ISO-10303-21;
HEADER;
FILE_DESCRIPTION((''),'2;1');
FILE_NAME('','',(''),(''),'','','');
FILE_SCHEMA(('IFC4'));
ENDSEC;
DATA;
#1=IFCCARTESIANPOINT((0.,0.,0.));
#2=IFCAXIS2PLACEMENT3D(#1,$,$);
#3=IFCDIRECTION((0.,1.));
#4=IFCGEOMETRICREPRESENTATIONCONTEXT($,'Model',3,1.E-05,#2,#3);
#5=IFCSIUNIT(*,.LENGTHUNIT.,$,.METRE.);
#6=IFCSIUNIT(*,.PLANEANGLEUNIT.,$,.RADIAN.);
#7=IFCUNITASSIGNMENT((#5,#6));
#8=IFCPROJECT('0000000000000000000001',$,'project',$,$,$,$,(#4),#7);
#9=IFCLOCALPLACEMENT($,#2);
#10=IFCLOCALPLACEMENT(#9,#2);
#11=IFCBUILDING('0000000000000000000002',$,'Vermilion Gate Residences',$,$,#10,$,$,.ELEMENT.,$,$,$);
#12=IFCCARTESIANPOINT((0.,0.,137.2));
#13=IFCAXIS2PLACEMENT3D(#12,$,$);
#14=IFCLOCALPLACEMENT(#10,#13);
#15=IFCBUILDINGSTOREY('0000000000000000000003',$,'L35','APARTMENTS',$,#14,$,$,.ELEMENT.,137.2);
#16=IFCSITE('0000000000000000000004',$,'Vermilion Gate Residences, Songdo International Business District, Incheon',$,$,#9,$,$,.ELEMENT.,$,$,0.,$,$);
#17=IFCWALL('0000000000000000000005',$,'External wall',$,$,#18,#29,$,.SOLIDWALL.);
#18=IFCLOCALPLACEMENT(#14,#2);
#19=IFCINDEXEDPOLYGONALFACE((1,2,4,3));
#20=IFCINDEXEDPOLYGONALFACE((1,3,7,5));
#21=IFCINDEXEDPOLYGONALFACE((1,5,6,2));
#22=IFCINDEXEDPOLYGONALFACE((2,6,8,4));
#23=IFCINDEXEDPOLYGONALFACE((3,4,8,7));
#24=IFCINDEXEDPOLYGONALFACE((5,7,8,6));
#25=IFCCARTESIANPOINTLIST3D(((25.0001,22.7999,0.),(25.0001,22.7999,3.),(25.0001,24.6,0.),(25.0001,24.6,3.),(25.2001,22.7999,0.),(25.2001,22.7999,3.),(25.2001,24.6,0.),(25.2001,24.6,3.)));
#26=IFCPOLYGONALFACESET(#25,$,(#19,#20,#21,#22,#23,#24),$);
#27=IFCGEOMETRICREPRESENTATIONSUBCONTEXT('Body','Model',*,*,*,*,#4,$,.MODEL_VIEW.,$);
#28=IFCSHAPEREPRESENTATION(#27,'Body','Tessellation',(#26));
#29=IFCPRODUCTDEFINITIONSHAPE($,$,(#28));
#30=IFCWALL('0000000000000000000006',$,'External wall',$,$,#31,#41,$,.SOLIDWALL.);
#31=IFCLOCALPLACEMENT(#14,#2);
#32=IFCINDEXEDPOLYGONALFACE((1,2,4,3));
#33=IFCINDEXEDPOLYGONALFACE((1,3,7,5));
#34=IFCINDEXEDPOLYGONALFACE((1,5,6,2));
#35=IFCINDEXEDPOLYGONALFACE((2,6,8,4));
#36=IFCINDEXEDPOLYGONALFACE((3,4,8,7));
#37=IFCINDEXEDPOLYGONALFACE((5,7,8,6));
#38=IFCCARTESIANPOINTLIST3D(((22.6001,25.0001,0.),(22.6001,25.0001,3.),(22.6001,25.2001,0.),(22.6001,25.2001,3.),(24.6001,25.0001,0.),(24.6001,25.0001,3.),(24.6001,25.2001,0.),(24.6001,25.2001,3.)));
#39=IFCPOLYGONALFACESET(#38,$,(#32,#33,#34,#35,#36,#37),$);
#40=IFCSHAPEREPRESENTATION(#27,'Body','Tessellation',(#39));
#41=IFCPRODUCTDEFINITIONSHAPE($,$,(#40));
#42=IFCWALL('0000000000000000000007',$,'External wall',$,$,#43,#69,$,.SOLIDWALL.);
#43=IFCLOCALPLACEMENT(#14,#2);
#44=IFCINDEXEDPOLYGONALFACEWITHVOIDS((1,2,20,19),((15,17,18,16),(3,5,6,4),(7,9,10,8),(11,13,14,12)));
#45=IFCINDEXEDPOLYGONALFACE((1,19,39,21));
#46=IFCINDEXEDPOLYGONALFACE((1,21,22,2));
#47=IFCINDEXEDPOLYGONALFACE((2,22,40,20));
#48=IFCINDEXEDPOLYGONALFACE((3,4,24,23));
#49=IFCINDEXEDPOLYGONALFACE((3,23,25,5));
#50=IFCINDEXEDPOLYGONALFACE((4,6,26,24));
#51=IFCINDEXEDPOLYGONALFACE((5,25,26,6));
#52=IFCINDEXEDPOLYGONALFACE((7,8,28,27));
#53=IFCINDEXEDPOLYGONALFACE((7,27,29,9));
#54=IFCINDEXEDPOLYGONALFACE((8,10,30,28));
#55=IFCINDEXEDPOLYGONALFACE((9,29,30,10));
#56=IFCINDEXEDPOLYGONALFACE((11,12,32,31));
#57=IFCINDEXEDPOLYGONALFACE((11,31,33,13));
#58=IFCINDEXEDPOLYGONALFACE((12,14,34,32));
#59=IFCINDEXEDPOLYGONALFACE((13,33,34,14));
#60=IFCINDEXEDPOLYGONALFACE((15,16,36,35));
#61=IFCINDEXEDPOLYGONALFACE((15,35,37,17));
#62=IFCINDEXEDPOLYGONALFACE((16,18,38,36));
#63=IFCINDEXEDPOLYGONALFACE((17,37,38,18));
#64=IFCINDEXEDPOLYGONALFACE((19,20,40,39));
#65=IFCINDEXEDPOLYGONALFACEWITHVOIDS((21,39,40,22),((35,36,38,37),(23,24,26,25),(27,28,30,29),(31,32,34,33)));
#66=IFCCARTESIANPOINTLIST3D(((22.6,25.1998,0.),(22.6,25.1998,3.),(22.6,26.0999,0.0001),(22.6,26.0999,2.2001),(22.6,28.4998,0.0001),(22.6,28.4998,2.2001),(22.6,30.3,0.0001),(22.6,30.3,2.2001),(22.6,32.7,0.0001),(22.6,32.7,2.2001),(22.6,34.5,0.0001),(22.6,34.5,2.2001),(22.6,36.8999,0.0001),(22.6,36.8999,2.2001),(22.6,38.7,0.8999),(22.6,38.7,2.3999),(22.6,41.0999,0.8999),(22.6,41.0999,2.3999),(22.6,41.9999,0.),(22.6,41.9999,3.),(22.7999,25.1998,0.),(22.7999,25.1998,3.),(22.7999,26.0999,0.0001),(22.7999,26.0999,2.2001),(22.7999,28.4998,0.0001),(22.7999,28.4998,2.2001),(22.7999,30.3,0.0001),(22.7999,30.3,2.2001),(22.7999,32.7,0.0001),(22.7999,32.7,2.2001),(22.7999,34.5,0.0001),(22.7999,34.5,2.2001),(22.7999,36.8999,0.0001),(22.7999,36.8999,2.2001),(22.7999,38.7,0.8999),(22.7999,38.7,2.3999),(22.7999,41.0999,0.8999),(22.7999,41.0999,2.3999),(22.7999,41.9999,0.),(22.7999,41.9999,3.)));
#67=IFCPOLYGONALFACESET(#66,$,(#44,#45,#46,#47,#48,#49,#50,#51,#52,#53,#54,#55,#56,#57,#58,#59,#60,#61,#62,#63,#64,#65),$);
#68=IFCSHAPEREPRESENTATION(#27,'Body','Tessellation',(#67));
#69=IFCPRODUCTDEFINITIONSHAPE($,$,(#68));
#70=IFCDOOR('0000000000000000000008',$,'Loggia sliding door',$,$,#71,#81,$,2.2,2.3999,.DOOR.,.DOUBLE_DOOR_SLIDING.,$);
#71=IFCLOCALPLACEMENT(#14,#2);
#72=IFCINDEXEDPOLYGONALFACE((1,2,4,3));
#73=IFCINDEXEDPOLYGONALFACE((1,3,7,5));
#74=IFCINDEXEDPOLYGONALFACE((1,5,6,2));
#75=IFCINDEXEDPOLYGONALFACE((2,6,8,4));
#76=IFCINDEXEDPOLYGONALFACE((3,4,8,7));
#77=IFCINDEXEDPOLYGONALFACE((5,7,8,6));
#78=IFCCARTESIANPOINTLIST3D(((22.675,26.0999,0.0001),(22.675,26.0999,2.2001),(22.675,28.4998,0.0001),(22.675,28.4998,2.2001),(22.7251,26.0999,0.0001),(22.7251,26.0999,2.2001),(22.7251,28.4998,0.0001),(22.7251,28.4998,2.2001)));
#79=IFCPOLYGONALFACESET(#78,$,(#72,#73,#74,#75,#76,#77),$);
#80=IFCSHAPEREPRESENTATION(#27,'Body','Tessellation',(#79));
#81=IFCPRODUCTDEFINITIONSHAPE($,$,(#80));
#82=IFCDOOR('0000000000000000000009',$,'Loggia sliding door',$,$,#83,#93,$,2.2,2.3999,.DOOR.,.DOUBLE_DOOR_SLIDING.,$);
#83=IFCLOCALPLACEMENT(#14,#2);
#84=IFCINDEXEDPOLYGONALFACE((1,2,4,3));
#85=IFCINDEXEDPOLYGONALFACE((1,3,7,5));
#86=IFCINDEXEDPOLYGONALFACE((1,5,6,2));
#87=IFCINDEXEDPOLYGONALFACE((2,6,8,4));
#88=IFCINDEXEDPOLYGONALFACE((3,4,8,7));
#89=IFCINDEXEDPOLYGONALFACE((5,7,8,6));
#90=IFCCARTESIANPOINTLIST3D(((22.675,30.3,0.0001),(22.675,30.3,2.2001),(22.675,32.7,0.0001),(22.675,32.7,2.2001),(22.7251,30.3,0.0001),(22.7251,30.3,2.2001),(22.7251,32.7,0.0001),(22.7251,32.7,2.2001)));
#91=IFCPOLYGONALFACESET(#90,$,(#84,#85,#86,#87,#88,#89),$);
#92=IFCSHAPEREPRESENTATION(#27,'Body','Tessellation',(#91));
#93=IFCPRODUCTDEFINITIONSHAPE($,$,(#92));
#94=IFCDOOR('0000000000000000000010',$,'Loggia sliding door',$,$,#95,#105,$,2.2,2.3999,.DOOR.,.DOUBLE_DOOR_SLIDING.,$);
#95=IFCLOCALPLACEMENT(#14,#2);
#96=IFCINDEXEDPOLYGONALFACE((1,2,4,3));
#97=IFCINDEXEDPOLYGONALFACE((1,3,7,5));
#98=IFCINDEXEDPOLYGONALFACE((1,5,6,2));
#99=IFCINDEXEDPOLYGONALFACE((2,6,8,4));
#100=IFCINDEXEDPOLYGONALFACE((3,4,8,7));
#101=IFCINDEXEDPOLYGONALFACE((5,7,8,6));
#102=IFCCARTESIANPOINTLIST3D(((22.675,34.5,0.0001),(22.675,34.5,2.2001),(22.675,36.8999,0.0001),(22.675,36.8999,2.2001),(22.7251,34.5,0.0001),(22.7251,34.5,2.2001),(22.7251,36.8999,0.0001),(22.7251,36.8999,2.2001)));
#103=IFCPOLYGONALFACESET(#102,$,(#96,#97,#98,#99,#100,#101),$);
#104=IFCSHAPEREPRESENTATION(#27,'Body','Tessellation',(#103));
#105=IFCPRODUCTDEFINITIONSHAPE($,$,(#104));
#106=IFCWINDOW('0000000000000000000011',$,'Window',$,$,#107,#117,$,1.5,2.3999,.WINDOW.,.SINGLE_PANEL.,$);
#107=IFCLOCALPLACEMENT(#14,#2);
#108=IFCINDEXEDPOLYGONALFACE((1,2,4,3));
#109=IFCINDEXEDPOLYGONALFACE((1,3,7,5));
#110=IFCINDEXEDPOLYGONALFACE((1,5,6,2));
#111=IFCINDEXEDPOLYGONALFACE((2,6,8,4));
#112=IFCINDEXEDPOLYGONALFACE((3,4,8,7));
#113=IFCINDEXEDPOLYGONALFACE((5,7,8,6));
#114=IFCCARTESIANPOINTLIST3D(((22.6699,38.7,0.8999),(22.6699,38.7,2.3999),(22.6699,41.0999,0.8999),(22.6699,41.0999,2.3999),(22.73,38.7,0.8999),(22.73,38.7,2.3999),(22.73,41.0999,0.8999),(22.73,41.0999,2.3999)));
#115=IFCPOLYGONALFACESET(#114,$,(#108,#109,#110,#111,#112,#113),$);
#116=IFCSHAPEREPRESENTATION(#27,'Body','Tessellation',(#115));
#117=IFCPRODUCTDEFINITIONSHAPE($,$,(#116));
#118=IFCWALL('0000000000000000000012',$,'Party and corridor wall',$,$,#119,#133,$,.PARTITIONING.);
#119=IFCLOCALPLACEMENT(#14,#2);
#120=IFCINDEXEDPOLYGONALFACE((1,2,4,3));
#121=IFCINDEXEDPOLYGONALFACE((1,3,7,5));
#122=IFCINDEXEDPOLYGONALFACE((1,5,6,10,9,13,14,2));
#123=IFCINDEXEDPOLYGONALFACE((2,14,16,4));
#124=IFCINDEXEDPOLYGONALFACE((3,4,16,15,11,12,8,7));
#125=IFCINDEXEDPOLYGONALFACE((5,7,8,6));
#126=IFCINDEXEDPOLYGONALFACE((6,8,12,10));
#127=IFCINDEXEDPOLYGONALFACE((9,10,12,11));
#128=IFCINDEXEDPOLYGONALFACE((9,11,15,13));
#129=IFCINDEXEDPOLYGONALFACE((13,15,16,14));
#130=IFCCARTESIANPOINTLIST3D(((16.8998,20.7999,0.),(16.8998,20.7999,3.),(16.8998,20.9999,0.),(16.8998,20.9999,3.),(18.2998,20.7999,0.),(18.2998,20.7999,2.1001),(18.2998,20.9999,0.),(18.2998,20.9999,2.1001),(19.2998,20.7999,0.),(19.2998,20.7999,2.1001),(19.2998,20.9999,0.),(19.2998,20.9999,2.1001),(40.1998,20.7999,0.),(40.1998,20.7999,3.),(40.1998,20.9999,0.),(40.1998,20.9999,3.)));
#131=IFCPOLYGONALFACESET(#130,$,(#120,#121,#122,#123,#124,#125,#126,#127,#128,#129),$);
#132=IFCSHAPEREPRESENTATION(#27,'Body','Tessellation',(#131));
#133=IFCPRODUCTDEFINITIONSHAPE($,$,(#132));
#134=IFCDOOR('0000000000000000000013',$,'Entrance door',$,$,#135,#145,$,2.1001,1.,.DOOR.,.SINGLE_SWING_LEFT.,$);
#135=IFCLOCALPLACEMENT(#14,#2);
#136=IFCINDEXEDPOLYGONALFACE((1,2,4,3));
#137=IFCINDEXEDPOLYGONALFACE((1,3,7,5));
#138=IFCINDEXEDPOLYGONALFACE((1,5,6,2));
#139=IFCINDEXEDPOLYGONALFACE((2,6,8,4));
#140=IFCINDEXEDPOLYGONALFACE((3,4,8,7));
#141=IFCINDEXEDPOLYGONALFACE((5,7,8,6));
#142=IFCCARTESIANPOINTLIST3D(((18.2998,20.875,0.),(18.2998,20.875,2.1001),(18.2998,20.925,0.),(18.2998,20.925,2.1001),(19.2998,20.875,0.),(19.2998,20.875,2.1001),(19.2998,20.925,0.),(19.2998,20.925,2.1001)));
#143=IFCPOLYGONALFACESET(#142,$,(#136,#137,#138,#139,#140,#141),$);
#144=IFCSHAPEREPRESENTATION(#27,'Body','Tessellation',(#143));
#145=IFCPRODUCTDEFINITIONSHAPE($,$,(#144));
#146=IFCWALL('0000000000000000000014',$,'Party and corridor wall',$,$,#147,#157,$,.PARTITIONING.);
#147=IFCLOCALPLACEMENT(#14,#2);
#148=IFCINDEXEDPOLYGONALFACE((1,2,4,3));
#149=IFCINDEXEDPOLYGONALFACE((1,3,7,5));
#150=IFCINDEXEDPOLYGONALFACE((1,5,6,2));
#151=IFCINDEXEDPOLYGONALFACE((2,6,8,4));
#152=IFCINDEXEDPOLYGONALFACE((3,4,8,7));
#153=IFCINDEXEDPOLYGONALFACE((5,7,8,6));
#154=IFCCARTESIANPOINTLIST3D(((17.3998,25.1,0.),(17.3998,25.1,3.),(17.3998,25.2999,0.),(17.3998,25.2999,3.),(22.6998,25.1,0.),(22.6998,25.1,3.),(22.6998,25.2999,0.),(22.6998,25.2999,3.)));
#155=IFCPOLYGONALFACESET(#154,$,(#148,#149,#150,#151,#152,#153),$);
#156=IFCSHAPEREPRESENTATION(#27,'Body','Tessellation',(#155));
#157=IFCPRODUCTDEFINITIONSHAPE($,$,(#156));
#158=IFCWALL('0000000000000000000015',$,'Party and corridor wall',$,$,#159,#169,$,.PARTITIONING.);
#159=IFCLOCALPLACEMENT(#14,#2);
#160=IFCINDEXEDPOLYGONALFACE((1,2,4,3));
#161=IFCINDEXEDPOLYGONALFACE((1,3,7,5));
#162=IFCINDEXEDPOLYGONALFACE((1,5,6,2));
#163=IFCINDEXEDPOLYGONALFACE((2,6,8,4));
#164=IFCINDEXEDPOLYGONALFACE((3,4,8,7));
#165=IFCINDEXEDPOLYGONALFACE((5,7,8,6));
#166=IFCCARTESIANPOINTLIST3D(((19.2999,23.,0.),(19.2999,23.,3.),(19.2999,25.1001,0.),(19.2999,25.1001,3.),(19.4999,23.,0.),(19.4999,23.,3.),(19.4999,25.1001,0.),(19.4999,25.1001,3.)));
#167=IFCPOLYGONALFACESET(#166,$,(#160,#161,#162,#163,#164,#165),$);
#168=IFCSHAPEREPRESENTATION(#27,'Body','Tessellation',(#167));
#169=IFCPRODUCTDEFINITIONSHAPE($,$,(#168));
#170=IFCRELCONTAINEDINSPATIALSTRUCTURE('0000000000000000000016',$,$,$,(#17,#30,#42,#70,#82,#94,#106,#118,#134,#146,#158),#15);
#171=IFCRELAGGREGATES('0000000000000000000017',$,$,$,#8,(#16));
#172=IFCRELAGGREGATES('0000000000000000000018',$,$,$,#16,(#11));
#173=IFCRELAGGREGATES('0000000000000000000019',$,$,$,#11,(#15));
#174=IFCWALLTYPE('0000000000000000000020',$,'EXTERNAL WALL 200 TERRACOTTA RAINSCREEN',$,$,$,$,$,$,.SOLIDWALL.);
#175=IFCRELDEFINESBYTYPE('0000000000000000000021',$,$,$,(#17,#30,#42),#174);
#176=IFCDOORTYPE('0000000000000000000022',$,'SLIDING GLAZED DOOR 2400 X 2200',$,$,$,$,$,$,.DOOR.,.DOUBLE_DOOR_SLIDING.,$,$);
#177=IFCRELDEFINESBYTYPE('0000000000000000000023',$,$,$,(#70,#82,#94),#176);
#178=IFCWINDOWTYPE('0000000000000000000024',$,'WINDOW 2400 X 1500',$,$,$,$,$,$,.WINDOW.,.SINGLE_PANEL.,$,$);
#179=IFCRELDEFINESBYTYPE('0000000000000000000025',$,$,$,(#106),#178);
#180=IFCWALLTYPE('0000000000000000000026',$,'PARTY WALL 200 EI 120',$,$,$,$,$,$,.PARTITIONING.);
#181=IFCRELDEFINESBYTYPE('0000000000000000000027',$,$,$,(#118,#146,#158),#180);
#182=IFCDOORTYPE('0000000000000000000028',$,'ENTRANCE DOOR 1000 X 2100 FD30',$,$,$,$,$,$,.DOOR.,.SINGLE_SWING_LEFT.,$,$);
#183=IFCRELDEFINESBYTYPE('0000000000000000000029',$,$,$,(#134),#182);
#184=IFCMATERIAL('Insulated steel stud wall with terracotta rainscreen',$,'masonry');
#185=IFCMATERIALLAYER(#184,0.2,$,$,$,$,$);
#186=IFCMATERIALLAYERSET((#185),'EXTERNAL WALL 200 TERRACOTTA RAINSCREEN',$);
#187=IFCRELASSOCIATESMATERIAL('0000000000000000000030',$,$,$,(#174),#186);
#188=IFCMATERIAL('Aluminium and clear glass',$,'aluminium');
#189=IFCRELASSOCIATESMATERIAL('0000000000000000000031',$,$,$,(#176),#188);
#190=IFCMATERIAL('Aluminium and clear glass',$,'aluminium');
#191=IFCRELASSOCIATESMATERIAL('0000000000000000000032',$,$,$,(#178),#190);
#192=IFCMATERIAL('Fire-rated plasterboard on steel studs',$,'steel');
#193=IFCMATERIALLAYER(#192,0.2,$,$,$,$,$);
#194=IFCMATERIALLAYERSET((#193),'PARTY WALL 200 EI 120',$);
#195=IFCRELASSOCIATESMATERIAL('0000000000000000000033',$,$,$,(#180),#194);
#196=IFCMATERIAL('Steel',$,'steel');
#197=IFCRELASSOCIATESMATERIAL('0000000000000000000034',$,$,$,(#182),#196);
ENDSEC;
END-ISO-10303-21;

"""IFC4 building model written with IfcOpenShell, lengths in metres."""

from ifc_helpers import new_model, si_unit, direction, frame, frame_2d, origin, place, context, subcontext, project, spatial, rectangle, extrude, material, layer, layer_set, type_object, element, fill, save


model = new_model("IFC4")

# Units and contexts
model_context = context("Model", 3, precision=1e-05, world=origin(), true_north=direction((0.0, 1.0)))
body_context = subcontext(model_context, "Body", "Model", "MODEL_VIEW")
ifc_project = project(units=[si_unit("LENGTHUNIT", "METRE"), si_unit("PLANEANGLEUNIT", "RADIAN")], contexts=[model_context])

# Site, building, storey
site_placement = place(None, origin())
site = spatial("IfcSite", under=ifc_project, at=site_placement, Name="Vermilion Gate Residences, Songdo International Business District, Incheon", CompositionType="ELEMENT", RefElevation=0.0)
building_placement = place(site_placement, origin())
building = spatial("IfcBuilding", under=site, at=building_placement, Name="Vermilion Gate Residences", CompositionType="ELEMENT")
storey_placement = place(building_placement, frame((0.0, 0.0, 137.2)))
storey = spatial("IfcBuildingStorey", under=building, at=storey_placement, Name="L35", Description="APARTMENTS", CompositionType="ELEMENT", Elevation=137.2)

# Walls
ifc_material_1 = material(Name="Insulated steel stud wall with terracotta rainscreen", Category="masonry")
ifc_layer_1 = layer(ifc_material_1, 0.2)
ifc_layer_set_1 = layer_set([ifc_layer_1], Name="EXTERNAL WALL 200 TERRACOTTA RAINSCREEN")
wall_type_1 = type_object("IfcWallType", Name="EXTERNAL WALL 200 TERRACOTTA RAINSCREEN", PredefinedType="SOLIDWALL", material=ifc_layer_set_1)
wall_1_placement = place(storey_placement, frame((25.1001, 22.8, 0.0), z_axis=(0.0, 0.0, 1.0), x_axis=(0.0, 1.0, 0.0)))
element("IfcWall", 1, at=wall_1_placement, inside=storey, type_object=wall_type_1, Name="External wall", PredefinedType="SOLIDWALL", context=body_context, shape_type="SweptSolid", body=[
    extrude(rectangle(XDim=1.8, YDim=0.2, at=frame_2d((0.8999, 0.0))), origin(), (0.0, 0.0, 1.0), 3.0),
])
wall_2_placement = place(storey_placement, frame((24.6001, 25.1001, 0.0), z_axis=(0.0, 0.0, 1.0), x_axis=(-1.0, 0.0, 0.0)))
element("IfcWall", 2, at=wall_2_placement, inside=storey, type_object=wall_type_1, Name="External wall", PredefinedType="SOLIDWALL", context=body_context, shape_type="SweptSolid", body=[
    extrude(rectangle(XDim=2.0, YDim=0.2, at=frame_2d((1.0, 0.0))), origin(), (0.0, 0.0, 1.0), 3.0),
])

# Wall, openings, doors, window
wall_3_placement = place(storey_placement, frame((22.7, 25.2, 0.0), z_axis=(0.0, 0.0, 1.0), x_axis=(0.0, 1.0, 0.0)))
wall_3 = element("IfcWall", 3, at=wall_3_placement, inside=storey, type_object=wall_type_1, Name="External wall", PredefinedType="SOLIDWALL", context=body_context, shape_type="SweptSolid", body=[
    extrude(rectangle(XDim=16.8, YDim=0.2, at=frame_2d((8.3999, 0.0))), origin(), (0.0, 0.0, 1.0), 3.0),
])
opening_1_placement = place(wall_3_placement, frame((0.8999, 0.0, 0.0)))
opening_1 = element("IfcOpeningElement", 4, at=opening_1_placement, cuts=wall_3, PredefinedType="OPENING", context=body_context, shape_type="SweptSolid", body=[
    extrude(rectangle(XDim=2.3999, YDim=2.2, at=frame_2d((1.2, 1.1001))), frame((0.0, 0.1099, 0.0), z_axis=(0.0, -1.0, 0.0), x_axis=(1.0, 0.0, 0.0)), (0.0, 0.0, 1.0), 0.22),
])
opening_2_placement = place(wall_3_placement, frame((5.1001, 0.0, 0.0)))
opening_2 = element("IfcOpeningElement", 5, at=opening_2_placement, cuts=wall_3, PredefinedType="OPENING", context=body_context, shape_type="SweptSolid", body=[
    extrude(rectangle(XDim=2.3999, YDim=2.2, at=frame_2d((1.2, 1.1001))), frame((0.0, 0.1099, 0.0), z_axis=(0.0, -1.0, 0.0), x_axis=(1.0, 0.0, 0.0)), (0.0, 0.0, 1.0), 0.22),
])
opening_3_placement = place(wall_3_placement, frame((9.3, 0.0, 0.0)))
opening_3 = element("IfcOpeningElement", 6, at=opening_3_placement, cuts=wall_3, PredefinedType="OPENING", context=body_context, shape_type="SweptSolid", body=[
    extrude(rectangle(XDim=2.3999, YDim=2.2, at=frame_2d((1.2, 1.1001))), frame((0.0, 0.1099, 0.0), z_axis=(0.0, -1.0, 0.0), x_axis=(1.0, 0.0, 0.0)), (0.0, 0.0, 1.0), 0.22),
])
opening_4_placement = place(wall_3_placement, frame((13.5, 0.0, 0.8999)))
opening_4 = element("IfcOpeningElement", 7, at=opening_4_placement, cuts=wall_3, PredefinedType="OPENING", context=body_context, shape_type="SweptSolid", body=[
    extrude(rectangle(XDim=2.3999, YDim=1.5, at=frame_2d((1.2, 0.75))), frame((0.0, 0.1099, 0.0), z_axis=(0.0, -1.0, 0.0), x_axis=(1.0, 0.0, 0.0)), (0.0, 0.0, 1.0), 0.22),
])
ifc_material_2 = material(Name="Aluminium and clear glass", Category="aluminium")
door_type_1 = type_object("IfcDoorType", Name="SLIDING GLAZED DOOR 2400 X 2200", OperationType="DOUBLE_DOOR_SLIDING", PredefinedType="DOOR", material=ifc_material_2)
door_1_placement = place(opening_1_placement, origin())
door_1 = element("IfcDoor", 8, at=door_1_placement, inside=storey, type_object=door_type_1, Name="Loggia sliding door", OperationType="DOUBLE_DOOR_SLIDING", OverallHeight=2.2, OverallWidth=2.3999, PredefinedType="DOOR", context=body_context, shape_type="SweptSolid", body=[
    extrude(rectangle(XDim=2.3999, YDim=2.2, at=frame_2d((1.2, 1.1001))), frame((0.0, 0.0249, 0.0), z_axis=(0.0, -1.0, 0.0), x_axis=(1.0, 0.0, 0.0)), (0.0, 0.0, 1.0), 0.05),
])
fill(opening_1, door_1)
door_2_placement = place(opening_2_placement, origin())
door_2 = element("IfcDoor", 9, at=door_2_placement, inside=storey, type_object=door_type_1, Name="Loggia sliding door", OperationType="DOUBLE_DOOR_SLIDING", OverallHeight=2.2, OverallWidth=2.3999, PredefinedType="DOOR", context=body_context, shape_type="SweptSolid", body=[
    extrude(rectangle(XDim=2.3999, YDim=2.2, at=frame_2d((1.2, 1.1001))), frame((0.0, 0.0249, 0.0), z_axis=(0.0, -1.0, 0.0), x_axis=(1.0, 0.0, 0.0)), (0.0, 0.0, 1.0), 0.05),
])
fill(opening_2, door_2)
door_3_placement = place(opening_3_placement, origin())
door_3 = element("IfcDoor", 10, at=door_3_placement, inside=storey, type_object=door_type_1, Name="Loggia sliding door", OperationType="DOUBLE_DOOR_SLIDING", OverallHeight=2.2, OverallWidth=2.3999, PredefinedType="DOOR", context=body_context, shape_type="SweptSolid", body=[
    extrude(rectangle(XDim=2.3999, YDim=2.2, at=frame_2d((1.2, 1.1001))), frame((0.0, 0.0249, 0.0), z_axis=(0.0, -1.0, 0.0), x_axis=(1.0, 0.0, 0.0)), (0.0, 0.0, 1.0), 0.05),
])
fill(opening_3, door_3)
ifc_material_3 = material(Name="Aluminium and clear glass", Category="aluminium")
window_type = type_object("IfcWindowType", Name="WINDOW 2400 X 1500", PartitioningType="SINGLE_PANEL", PredefinedType="WINDOW", material=ifc_material_3)
window_placement = place(opening_4_placement, origin())
window = element("IfcWindow", 11, at=window_placement, inside=storey, type_object=window_type, Name="Window", OverallHeight=1.5, OverallWidth=2.3999, PartitioningType="SINGLE_PANEL", PredefinedType="WINDOW", context=body_context, shape_type="SweptSolid", body=[
    extrude(rectangle(XDim=2.3999, YDim=1.5, at=frame_2d((1.2, 0.75))), frame((0.0, 0.03, 0.0), z_axis=(0.0, -1.0, 0.0), x_axis=(1.0, 0.0, 0.0)), (0.0, 0.0, 1.0), 0.0601),
])
fill(opening_4, window)

# Wall, opening, door
ifc_material_4 = material(Name="Fire-rated plasterboard on steel studs", Category="steel")
ifc_layer_2 = layer(ifc_material_4, 0.2)
ifc_layer_set_2 = layer_set([ifc_layer_2], Name="PARTY WALL 200 EI 120")
wall_type_2 = type_object("IfcWallType", Name="PARTY WALL 200 EI 120", PredefinedType="PARTITIONING", material=ifc_layer_set_2)
wall_4_placement = place(storey_placement, frame((16.8999, 20.8999, 0.0), z_axis=(0.0, 0.0, 1.0), x_axis=(1.0, 0.0, 0.0)))
wall_4 = element("IfcWall", 12, at=wall_4_placement, inside=storey, type_object=wall_type_2, Name="Party and corridor wall", PredefinedType="PARTITIONING", context=body_context, shape_type="SweptSolid", body=[
    extrude(rectangle(XDim=23.3, YDim=0.2, at=frame_2d((11.6499, 0.0))), origin(), (0.0, 0.0, 1.0), 3.0),
])
opening_5_placement = place(wall_4_placement, frame((1.3999, 0.0, 0.0)))
opening_5 = element("IfcOpeningElement", 13, at=opening_5_placement, cuts=wall_4, PredefinedType="OPENING", context=body_context, shape_type="SweptSolid", body=[
    extrude(rectangle(XDim=1.0, YDim=2.1001, at=frame_2d((0.5, 1.05))), frame((0.0, 0.1099, 0.0), z_axis=(0.0, -1.0, 0.0), x_axis=(1.0, 0.0, 0.0)), (0.0, 0.0, 1.0), 0.22),
])
ifc_material_5 = material(Name="Steel", Category="steel")
door_type_2 = type_object("IfcDoorType", Name="ENTRANCE DOOR 1000 X 2100 FD30", OperationType="SINGLE_SWING_LEFT", PredefinedType="DOOR", material=ifc_material_5)
door_4_placement = place(opening_5_placement, frame((1.0, 0.0, 0.0), z_axis=(0.0, 0.0, 1.0), x_axis=(-1.0, 0.0, 0.0)))
door_4 = element("IfcDoor", 14, at=door_4_placement, inside=storey, type_object=door_type_2, Name="Entrance door", OperationType="SINGLE_SWING_LEFT", OverallHeight=2.1001, OverallWidth=1.0, PredefinedType="DOOR", context=body_context, shape_type="SweptSolid", body=[
    extrude(rectangle(XDim=1.0, YDim=2.1001, at=frame_2d((0.5, 1.05))), frame((0.0, 0.0249, 0.0), z_axis=(0.0, -1.0, 0.0), x_axis=(1.0, 0.0, 0.0)), (0.0, 0.0, 1.0), 0.05),
])
fill(opening_5, door_4)

# Walls
wall_5_placement = place(storey_placement, frame((17.3999, 25.2, 0.0), z_axis=(0.0, 0.0, 1.0), x_axis=(1.0, 0.0, 0.0)))
element("IfcWall", 15, at=wall_5_placement, inside=storey, type_object=wall_type_2, Name="Party and corridor wall", PredefinedType="PARTITIONING", context=body_context, shape_type="SweptSolid", body=[
    extrude(rectangle(XDim=5.3, YDim=0.2, at=frame_2d((2.6499, 0.0))), origin(), (0.0, 0.0, 1.0), 3.0),
])
wall_6_placement = place(storey_placement, frame((19.3999, 23.0, 0.0), z_axis=(0.0, 0.0, 1.0), x_axis=(0.0, 1.0, 0.0)))
element("IfcWall", 16, at=wall_6_placement, inside=storey, type_object=wall_type_2, Name="Party and corridor wall", PredefinedType="PARTITIONING", context=body_context, shape_type="SweptSolid", body=[
    extrude(rectangle(XDim=2.1001, YDim=0.2, at=frame_2d((1.05, 0.0))), origin(), (0.0, 0.0, 1.0), 3.0),
])

save(model, "model.ifc")
